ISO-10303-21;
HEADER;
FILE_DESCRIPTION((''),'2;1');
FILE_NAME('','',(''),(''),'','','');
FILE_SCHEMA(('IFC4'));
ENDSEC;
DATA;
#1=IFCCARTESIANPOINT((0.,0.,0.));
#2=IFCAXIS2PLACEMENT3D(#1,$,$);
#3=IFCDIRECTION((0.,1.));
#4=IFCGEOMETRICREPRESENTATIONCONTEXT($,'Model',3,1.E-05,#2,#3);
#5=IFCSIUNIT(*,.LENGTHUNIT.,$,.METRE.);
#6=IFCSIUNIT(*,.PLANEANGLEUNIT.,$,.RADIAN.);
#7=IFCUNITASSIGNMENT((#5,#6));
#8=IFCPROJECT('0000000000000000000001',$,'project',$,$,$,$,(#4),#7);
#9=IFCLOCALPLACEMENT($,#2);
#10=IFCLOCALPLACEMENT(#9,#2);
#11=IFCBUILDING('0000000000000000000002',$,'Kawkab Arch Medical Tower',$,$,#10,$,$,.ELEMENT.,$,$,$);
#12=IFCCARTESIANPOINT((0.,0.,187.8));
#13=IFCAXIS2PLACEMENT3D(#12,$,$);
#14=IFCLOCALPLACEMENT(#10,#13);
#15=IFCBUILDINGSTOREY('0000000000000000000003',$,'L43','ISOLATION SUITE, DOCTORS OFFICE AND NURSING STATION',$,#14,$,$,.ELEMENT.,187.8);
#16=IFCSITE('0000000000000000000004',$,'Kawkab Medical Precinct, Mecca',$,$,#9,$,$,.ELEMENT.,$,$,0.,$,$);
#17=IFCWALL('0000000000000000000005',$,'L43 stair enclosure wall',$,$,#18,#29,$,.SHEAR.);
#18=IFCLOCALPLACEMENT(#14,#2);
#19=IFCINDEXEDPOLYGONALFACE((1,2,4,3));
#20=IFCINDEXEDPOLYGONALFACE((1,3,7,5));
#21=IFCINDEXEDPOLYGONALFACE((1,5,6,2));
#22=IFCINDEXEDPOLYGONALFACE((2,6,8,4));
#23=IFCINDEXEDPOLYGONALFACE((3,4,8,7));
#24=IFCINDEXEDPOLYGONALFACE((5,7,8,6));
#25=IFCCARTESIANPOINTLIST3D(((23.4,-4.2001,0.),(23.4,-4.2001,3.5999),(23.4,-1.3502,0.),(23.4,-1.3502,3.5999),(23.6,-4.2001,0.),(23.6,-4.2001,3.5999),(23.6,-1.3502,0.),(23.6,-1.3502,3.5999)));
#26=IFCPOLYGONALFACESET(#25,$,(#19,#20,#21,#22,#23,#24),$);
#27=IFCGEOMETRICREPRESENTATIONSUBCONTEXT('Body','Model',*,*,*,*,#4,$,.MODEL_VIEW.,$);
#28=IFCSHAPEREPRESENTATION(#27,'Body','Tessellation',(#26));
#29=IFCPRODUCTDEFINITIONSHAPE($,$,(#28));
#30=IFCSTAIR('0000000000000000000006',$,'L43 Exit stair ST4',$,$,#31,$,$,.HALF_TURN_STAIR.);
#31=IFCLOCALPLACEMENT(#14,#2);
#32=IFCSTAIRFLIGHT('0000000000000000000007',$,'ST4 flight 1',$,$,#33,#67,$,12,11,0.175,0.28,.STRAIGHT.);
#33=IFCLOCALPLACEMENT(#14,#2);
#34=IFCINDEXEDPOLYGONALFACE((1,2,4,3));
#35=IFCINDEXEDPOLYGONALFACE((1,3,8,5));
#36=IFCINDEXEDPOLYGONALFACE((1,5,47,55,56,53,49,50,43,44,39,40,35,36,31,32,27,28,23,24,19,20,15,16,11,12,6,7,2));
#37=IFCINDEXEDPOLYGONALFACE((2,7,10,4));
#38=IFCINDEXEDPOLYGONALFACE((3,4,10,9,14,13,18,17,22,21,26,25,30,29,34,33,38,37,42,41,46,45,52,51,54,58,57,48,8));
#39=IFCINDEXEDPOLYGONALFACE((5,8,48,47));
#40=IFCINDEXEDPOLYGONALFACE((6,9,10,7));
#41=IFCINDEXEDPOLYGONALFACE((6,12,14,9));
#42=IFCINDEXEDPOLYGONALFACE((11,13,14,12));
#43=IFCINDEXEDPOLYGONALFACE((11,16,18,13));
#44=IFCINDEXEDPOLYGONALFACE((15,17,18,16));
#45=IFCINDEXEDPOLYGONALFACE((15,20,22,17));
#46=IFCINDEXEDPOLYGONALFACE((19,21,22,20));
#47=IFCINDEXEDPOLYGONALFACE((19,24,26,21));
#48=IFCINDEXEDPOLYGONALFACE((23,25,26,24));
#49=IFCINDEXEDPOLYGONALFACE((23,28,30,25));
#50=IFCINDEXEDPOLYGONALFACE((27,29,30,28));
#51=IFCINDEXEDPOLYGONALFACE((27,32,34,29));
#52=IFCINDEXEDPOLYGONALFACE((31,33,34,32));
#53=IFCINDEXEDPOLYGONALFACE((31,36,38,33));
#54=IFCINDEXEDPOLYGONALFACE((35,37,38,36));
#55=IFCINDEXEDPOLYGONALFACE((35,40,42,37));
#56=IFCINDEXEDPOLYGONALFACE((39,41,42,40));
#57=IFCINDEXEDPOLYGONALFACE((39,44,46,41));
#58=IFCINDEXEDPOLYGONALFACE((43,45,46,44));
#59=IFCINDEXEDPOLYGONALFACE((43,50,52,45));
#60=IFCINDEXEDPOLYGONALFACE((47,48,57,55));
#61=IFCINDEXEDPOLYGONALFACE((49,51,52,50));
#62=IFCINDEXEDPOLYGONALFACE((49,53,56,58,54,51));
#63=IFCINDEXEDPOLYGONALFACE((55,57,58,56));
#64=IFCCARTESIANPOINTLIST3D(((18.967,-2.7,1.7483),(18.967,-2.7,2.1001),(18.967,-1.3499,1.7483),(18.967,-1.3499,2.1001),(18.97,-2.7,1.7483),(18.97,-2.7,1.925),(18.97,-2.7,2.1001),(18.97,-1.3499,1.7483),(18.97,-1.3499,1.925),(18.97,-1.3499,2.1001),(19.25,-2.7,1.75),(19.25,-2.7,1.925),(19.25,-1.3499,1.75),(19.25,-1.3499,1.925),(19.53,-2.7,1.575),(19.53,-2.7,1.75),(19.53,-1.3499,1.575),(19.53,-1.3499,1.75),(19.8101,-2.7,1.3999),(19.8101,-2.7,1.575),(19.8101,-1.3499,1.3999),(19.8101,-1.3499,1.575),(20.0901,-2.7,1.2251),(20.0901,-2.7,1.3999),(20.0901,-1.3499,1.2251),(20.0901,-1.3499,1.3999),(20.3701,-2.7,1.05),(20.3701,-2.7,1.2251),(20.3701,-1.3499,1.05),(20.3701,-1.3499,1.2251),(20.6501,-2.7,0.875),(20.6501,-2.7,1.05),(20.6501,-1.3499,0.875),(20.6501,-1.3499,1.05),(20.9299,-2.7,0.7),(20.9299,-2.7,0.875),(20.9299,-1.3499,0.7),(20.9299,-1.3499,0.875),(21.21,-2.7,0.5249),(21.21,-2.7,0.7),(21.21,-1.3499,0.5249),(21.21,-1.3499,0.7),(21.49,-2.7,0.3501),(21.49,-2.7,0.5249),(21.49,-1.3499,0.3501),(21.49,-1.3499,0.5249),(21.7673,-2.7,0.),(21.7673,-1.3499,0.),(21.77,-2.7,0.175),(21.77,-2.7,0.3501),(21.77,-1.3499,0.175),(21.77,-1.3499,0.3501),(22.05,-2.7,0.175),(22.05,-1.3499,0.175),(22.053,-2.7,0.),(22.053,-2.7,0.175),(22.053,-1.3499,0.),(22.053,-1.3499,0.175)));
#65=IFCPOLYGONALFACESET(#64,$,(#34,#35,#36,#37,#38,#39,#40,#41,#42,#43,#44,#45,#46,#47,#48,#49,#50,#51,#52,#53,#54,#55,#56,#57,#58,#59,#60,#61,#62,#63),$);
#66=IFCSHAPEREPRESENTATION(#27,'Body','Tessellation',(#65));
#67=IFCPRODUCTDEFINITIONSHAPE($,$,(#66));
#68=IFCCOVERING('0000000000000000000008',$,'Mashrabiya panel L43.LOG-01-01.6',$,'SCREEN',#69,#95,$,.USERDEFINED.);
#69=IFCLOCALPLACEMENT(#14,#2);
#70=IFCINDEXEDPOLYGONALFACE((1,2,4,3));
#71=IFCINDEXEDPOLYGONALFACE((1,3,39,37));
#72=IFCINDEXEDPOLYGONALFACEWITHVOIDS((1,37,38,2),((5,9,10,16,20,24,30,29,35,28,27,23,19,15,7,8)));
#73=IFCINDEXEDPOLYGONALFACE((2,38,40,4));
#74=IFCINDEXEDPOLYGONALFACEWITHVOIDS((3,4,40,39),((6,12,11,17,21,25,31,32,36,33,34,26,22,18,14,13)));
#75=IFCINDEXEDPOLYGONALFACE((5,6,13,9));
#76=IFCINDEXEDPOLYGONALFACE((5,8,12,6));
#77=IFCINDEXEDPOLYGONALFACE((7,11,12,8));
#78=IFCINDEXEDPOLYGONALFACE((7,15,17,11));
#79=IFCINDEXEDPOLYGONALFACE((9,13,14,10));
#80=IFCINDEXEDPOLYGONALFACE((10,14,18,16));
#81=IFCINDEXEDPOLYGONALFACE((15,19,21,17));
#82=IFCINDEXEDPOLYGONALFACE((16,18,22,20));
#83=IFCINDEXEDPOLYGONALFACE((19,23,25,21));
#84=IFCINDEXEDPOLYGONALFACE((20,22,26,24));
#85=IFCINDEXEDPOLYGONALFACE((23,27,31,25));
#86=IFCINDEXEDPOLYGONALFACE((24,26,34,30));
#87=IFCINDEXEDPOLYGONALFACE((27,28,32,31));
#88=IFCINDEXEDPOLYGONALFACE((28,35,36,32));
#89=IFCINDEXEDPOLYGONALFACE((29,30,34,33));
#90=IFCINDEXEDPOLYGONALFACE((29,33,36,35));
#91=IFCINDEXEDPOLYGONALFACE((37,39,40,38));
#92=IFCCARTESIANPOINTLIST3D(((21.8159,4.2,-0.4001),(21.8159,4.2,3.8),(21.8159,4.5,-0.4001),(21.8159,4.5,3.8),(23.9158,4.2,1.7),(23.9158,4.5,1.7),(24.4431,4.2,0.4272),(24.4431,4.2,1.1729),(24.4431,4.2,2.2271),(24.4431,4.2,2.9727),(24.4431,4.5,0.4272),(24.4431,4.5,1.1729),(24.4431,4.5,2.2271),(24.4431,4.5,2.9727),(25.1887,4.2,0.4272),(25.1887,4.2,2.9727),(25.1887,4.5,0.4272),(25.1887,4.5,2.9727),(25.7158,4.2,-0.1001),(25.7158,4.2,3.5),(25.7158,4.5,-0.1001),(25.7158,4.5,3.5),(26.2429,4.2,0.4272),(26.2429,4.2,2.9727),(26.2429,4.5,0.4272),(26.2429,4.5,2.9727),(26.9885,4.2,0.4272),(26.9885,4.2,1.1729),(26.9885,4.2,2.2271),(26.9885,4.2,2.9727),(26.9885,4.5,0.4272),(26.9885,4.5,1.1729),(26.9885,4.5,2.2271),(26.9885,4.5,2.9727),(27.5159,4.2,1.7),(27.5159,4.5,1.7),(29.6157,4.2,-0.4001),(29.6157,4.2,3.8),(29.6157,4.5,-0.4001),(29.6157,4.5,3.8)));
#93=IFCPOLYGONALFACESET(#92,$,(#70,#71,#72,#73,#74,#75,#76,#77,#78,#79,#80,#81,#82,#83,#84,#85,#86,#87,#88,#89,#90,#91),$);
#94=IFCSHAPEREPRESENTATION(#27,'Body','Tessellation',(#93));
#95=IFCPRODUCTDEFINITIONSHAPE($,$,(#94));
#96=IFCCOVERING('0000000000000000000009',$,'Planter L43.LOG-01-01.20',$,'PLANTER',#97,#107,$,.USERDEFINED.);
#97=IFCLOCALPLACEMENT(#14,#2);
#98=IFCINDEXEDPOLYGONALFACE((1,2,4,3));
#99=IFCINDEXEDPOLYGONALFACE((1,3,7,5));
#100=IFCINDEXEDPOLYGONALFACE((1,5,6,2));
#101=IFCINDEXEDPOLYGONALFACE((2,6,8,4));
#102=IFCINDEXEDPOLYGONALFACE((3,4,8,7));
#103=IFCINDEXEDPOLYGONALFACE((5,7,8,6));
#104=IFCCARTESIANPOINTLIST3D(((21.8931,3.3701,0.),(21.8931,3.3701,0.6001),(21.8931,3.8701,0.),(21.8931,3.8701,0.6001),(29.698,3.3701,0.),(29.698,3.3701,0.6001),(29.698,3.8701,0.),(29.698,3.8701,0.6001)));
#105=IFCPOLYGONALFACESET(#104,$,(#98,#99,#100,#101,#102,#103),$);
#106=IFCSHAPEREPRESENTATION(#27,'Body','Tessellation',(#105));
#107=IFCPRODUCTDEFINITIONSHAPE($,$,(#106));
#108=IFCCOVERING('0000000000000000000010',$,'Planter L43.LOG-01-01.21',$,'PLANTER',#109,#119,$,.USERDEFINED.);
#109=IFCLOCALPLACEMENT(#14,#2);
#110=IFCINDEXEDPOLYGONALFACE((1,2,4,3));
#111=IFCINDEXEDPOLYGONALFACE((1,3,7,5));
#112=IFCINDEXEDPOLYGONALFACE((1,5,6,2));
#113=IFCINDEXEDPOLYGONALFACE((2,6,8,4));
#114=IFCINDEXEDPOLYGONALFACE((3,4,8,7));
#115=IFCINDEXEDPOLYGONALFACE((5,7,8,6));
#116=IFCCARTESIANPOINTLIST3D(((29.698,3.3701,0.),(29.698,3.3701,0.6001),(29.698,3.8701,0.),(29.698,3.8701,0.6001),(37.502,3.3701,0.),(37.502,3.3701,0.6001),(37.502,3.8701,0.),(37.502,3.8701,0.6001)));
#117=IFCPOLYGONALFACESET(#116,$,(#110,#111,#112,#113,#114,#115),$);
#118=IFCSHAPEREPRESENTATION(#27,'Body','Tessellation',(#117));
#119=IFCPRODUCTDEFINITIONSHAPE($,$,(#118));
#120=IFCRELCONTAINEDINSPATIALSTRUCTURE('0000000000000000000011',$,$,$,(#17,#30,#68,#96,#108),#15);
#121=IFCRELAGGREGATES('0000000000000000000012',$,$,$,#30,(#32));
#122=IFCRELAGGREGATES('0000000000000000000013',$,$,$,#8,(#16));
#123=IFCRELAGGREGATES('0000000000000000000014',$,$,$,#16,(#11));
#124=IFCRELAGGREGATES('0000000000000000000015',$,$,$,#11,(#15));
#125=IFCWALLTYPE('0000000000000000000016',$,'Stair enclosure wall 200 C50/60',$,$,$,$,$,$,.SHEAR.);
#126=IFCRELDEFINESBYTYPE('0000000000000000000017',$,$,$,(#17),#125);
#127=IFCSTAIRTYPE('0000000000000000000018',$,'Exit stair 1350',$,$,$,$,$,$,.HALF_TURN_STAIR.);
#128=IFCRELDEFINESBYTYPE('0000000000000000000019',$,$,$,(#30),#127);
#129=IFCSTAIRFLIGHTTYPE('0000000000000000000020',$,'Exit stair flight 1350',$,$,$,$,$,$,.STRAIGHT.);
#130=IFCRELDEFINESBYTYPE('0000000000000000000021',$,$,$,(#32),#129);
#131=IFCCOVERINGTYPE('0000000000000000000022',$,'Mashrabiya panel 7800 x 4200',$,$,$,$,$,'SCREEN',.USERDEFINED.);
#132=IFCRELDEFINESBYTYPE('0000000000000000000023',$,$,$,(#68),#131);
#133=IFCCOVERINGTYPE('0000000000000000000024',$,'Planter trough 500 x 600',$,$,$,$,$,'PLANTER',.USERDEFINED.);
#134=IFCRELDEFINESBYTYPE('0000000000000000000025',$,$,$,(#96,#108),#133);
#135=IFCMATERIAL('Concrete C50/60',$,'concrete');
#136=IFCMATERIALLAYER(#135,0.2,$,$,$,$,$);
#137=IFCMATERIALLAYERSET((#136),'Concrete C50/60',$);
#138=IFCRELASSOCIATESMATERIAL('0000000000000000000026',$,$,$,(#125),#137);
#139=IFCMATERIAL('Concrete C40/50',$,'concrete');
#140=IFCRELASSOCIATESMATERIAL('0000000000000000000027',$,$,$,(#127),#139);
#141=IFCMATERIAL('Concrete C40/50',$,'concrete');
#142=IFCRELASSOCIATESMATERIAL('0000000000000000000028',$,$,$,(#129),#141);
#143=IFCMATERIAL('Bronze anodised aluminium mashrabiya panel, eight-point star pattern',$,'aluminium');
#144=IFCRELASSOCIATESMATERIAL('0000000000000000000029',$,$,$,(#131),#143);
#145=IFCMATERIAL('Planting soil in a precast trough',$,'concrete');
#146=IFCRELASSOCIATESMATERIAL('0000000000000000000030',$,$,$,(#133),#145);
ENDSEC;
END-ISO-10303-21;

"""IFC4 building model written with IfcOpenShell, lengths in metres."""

from ifc_helpers import new_model, si_unit, direction, frame, frame_2d, origin, origin_2d, place, context, subcontext, project, spatial, polyline, rectangle, outline, extrude, material, layer, layer_set, material_profile, profile_set, type_object, element, aggregate, save


model = new_model("IFC4")

# Units and contexts
model_context = context("Model", 3, precision=1e-05, world=origin(), true_north=direction((0.0, 1.0)))
body_context = subcontext(model_context, "Body", "Model", "MODEL_VIEW")
ifc_project = project(units=[si_unit("LENGTHUNIT", "METRE"), si_unit("PLANEANGLEUNIT", "RADIAN")], contexts=[model_context])

# Site, building, storey
site_placement = place(None, origin())
site = spatial("IfcSite", under=ifc_project, at=site_placement, Name="Kawkab Medical Precinct, Mecca", CompositionType="ELEMENT", RefElevation=0.0)
building_placement = place(site_placement, origin())
building = spatial("IfcBuilding", under=site, at=building_placement, Name="Kawkab Arch Medical Tower", CompositionType="ELEMENT")
storey_placement = place(building_placement, frame((0.0, 0.0, 187.8)))
storey = spatial("IfcBuildingStorey", under=building, at=storey_placement, Name="L43", Description="ISOLATION SUITE, DOCTORS OFFICE AND NURSING STATION", CompositionType="ELEMENT", Elevation=187.8)

# Shared definitions
placement = place(storey_placement, origin())

# Wall
ifc_material_1 = material(Name="Concrete C50/60", Category="concrete")
ifc_layer_1 = layer(ifc_material_1, 0.2)
ifc_layer_set_1 = layer_set([ifc_layer_1], Name="Concrete C50/60")
wall_type_1 = type_object("IfcWallType", Name="Stair enclosure wall 200 C50/60", PredefinedType="SHEAR", material=ifc_layer_set_1)
wall_1_placement = place(storey_placement, frame((23.5, -4.2, 0.0), z_axis=(0.0, 0.0, 1.0), x_axis=(0.0, 1.0, 0.0)))
element("IfcWall", 1, at=wall_1_placement, inside=storey, type_object=wall_type_1, Name="L43 stair enclosure wall", PredefinedType="SHEAR", context=body_context, shape_type="SweptSolid", body=[
    extrude(rectangle(XDim=2.8499, YDim=0.2, at=frame_2d((1.4248, 0.0))), origin(), (0.0, 0.0, 1.0), 3.5999),
])

# Stair, stair flight
ifc_material_2 = material(Name="Concrete C40/50", Category="concrete")
stair_type = type_object("IfcStairType", Name="Exit stair 1350", PredefinedType="HALF_TURN_STAIR", material=ifc_material_2)
stair = element("IfcStair", 2, at=placement, inside=storey, type_object=stair_type, Name="L43 Exit stair ST4", PredefinedType="HALF_TURN_STAIR")
ifc_material_3 = material(Name="Concrete C40/50", Category="concrete")
stair_flight_type = type_object("IfcStairFlightType", Name="Exit stair flight 1350", PredefinedType="STRAIGHT", material=ifc_material_3)
stair_flight_placement = place(storey_placement, frame((22.05, -2.0249, 0.0), z_axis=(0.0, 0.0, 1.0), x_axis=(-1.0, 0.0, 0.0)))
stair_flight = element("IfcStairFlight", 3, at=stair_flight_placement, type_object=stair_flight_type, Name="ST4 flight 1", NumberOfRisers=12, NumberOfTreads=11, PredefinedType="STRAIGHT", RiserHeight=0.175, TreadLength=0.28, context=body_context, shape_type="SweptSolid", body=[
    extrude(outline(polyline([(-0.0029, 0.0), (-0.0029, 0.175), (0.0, 0.175), (0.28, 0.175), (0.28, 0.3501), (0.5601, 0.3501), (0.5601, 0.5249), (0.8401, 0.5249), (0.8401, 0.7), (1.1201, 0.7), (1.1201, 0.875), (1.3999, 0.875), (1.3999, 1.05), (1.6799, 1.05), (1.6799, 1.2251), (1.96, 1.2251), (1.96, 1.3999), (2.24, 1.3999), (2.24, 1.575), (2.52, 1.575), (2.52, 1.75), (2.8, 1.75), (2.8, 1.925), (3.0801, 1.925), (3.0801, 2.1001), (3.083, 2.1001), (3.083, 1.7483), (3.0801, 1.7483), (0.2827, 0.0), (-0.0029, 0.0)])), frame((0.0, 0.675, 0.0), z_axis=(0.0, -1.0, 0.0), x_axis=(1.0, 0.0, 0.0)), (0.0, 0.0, 1.0), 1.3501),
])
aggregate(stair, [stair_flight])

# Coverings
ifc_material_4 = material(Name="Bronze anodised aluminium mashrabiya panel, eight-point star pattern", Category="aluminium")
ifc_material_profile_1 = material_profile(ifc_material_4, outline(polyline([(-3.8999, -2.1001), (3.8999, -2.1001), (3.8999, 2.1001), (-3.8999, 2.1001), (-3.8999, -2.1001)]), holes=[polyline([(1.8, 0.0), (1.2727, 0.5271), (1.2727, 1.2727), (0.5271, 1.2727), (0.0, 1.8), (-0.5271, 1.2727), (-1.2727, 1.2727), (-1.2727, 0.5271), (-1.8, 0.0), (-1.2727, -0.5271), (-1.2727, -1.2727), (-0.5271, -1.2727), (0.0, -1.8), (0.5271, -1.2727), (1.2727, -1.2727), (1.2727, -0.5271), (1.8, 0.0)])]), Name="Mashrabiya panel 7800x4200")
ifc_profile_set_1 = profile_set([ifc_material_profile_1], Name="Bronze anodised aluminium mashrabiya panel, eight-point star pattern")
covering_type_1 = type_object("IfcCoveringType", Name="Mashrabiya panel 7800 x 4200", ElementType="SCREEN", PredefinedType="USERDEFINED", material=ifc_profile_set_1)
covering_1_placement = place(storey_placement, frame((25.7158, 4.2, 1.7), z_axis=(0.0, 1.0, 0.0), x_axis=(-1.0, 0.0, 0.0)))
element("IfcCovering", 4, at=covering_1_placement, inside=storey, type_object=covering_type_1, Name="Mashrabiya panel L43.LOG-01-01.6", ObjectType="SCREEN", PredefinedType="USERDEFINED", context=body_context, shape_type="SweptSolid", body=[
    extrude(outline(polyline([(-3.8999, -2.1001), (3.8999, -2.1001), (3.8999, 2.1001), (-3.8999, 2.1001), (-3.8999, -2.1001)]), holes=[polyline([(1.8, 0.0), (1.2727, 0.5271), (1.2727, 1.2727), (0.5271, 1.2727), (0.0, 1.8), (-0.5271, 1.2727), (-1.2727, 1.2727), (-1.2727, 0.5271), (-1.8, 0.0), (-1.2727, -0.5271), (-1.2727, -1.2727), (-0.5271, -1.2727), (0.0, -1.8), (0.5271, -1.2727), (1.2727, -1.2727), (1.2727, -0.5271), (1.8, 0.0)])]), origin(), (0.0, 0.0, 1.0), 0.3),
])
ifc_material_5 = material(Name="Planting soil in a precast trough", Category="concrete")
ifc_material_profile_2 = material_profile(ifc_material_5, rectangle(XDim=0.5, YDim=0.6001, at=origin_2d()), Name="Trough 500x600")
ifc_profile_set_2 = profile_set([ifc_material_profile_2], Name="Planting soil in a precast trough")
covering_type_2 = type_object("IfcCoveringType", Name="Planter trough 500 x 600", ElementType="PLANTER", PredefinedType="USERDEFINED", material=ifc_profile_set_2)
covering_2_placement = place(storey_placement, frame((21.8931, 3.6201, 0.3), z_axis=(1.0, 0.0, 0.0), x_axis=(0.0, 1.0, 0.0)))
element("IfcCovering", 5, at=covering_2_placement, inside=storey, type_object=covering_type_2, Name="Planter L43.LOG-01-01.20", ObjectType="PLANTER", PredefinedType="USERDEFINED", context=body_context, shape_type="SweptSolid", body=[
    extrude(rectangle(XDim=0.5, YDim=0.6001, at=origin_2d()), origin(), (0.0, 0.0, 1.0), 7.8049),
])
covering_3_placement = place(storey_placement, frame((29.698, 3.6201, 0.3), z_axis=(1.0, 0.0, 0.0), x_axis=(0.0, 1.0, 0.0)))
element("IfcCovering", 6, at=covering_3_placement, inside=storey, type_object=covering_type_2, Name="Planter L43.LOG-01-01.21", ObjectType="PLANTER", PredefinedType="USERDEFINED", context=body_context, shape_type="SweptSolid", body=[
    extrude(rectangle(XDim=0.5, YDim=0.6001, at=origin_2d()), origin(), (0.0, 0.0, 1.0), 7.804),
])

save(model, "model.ifc")
